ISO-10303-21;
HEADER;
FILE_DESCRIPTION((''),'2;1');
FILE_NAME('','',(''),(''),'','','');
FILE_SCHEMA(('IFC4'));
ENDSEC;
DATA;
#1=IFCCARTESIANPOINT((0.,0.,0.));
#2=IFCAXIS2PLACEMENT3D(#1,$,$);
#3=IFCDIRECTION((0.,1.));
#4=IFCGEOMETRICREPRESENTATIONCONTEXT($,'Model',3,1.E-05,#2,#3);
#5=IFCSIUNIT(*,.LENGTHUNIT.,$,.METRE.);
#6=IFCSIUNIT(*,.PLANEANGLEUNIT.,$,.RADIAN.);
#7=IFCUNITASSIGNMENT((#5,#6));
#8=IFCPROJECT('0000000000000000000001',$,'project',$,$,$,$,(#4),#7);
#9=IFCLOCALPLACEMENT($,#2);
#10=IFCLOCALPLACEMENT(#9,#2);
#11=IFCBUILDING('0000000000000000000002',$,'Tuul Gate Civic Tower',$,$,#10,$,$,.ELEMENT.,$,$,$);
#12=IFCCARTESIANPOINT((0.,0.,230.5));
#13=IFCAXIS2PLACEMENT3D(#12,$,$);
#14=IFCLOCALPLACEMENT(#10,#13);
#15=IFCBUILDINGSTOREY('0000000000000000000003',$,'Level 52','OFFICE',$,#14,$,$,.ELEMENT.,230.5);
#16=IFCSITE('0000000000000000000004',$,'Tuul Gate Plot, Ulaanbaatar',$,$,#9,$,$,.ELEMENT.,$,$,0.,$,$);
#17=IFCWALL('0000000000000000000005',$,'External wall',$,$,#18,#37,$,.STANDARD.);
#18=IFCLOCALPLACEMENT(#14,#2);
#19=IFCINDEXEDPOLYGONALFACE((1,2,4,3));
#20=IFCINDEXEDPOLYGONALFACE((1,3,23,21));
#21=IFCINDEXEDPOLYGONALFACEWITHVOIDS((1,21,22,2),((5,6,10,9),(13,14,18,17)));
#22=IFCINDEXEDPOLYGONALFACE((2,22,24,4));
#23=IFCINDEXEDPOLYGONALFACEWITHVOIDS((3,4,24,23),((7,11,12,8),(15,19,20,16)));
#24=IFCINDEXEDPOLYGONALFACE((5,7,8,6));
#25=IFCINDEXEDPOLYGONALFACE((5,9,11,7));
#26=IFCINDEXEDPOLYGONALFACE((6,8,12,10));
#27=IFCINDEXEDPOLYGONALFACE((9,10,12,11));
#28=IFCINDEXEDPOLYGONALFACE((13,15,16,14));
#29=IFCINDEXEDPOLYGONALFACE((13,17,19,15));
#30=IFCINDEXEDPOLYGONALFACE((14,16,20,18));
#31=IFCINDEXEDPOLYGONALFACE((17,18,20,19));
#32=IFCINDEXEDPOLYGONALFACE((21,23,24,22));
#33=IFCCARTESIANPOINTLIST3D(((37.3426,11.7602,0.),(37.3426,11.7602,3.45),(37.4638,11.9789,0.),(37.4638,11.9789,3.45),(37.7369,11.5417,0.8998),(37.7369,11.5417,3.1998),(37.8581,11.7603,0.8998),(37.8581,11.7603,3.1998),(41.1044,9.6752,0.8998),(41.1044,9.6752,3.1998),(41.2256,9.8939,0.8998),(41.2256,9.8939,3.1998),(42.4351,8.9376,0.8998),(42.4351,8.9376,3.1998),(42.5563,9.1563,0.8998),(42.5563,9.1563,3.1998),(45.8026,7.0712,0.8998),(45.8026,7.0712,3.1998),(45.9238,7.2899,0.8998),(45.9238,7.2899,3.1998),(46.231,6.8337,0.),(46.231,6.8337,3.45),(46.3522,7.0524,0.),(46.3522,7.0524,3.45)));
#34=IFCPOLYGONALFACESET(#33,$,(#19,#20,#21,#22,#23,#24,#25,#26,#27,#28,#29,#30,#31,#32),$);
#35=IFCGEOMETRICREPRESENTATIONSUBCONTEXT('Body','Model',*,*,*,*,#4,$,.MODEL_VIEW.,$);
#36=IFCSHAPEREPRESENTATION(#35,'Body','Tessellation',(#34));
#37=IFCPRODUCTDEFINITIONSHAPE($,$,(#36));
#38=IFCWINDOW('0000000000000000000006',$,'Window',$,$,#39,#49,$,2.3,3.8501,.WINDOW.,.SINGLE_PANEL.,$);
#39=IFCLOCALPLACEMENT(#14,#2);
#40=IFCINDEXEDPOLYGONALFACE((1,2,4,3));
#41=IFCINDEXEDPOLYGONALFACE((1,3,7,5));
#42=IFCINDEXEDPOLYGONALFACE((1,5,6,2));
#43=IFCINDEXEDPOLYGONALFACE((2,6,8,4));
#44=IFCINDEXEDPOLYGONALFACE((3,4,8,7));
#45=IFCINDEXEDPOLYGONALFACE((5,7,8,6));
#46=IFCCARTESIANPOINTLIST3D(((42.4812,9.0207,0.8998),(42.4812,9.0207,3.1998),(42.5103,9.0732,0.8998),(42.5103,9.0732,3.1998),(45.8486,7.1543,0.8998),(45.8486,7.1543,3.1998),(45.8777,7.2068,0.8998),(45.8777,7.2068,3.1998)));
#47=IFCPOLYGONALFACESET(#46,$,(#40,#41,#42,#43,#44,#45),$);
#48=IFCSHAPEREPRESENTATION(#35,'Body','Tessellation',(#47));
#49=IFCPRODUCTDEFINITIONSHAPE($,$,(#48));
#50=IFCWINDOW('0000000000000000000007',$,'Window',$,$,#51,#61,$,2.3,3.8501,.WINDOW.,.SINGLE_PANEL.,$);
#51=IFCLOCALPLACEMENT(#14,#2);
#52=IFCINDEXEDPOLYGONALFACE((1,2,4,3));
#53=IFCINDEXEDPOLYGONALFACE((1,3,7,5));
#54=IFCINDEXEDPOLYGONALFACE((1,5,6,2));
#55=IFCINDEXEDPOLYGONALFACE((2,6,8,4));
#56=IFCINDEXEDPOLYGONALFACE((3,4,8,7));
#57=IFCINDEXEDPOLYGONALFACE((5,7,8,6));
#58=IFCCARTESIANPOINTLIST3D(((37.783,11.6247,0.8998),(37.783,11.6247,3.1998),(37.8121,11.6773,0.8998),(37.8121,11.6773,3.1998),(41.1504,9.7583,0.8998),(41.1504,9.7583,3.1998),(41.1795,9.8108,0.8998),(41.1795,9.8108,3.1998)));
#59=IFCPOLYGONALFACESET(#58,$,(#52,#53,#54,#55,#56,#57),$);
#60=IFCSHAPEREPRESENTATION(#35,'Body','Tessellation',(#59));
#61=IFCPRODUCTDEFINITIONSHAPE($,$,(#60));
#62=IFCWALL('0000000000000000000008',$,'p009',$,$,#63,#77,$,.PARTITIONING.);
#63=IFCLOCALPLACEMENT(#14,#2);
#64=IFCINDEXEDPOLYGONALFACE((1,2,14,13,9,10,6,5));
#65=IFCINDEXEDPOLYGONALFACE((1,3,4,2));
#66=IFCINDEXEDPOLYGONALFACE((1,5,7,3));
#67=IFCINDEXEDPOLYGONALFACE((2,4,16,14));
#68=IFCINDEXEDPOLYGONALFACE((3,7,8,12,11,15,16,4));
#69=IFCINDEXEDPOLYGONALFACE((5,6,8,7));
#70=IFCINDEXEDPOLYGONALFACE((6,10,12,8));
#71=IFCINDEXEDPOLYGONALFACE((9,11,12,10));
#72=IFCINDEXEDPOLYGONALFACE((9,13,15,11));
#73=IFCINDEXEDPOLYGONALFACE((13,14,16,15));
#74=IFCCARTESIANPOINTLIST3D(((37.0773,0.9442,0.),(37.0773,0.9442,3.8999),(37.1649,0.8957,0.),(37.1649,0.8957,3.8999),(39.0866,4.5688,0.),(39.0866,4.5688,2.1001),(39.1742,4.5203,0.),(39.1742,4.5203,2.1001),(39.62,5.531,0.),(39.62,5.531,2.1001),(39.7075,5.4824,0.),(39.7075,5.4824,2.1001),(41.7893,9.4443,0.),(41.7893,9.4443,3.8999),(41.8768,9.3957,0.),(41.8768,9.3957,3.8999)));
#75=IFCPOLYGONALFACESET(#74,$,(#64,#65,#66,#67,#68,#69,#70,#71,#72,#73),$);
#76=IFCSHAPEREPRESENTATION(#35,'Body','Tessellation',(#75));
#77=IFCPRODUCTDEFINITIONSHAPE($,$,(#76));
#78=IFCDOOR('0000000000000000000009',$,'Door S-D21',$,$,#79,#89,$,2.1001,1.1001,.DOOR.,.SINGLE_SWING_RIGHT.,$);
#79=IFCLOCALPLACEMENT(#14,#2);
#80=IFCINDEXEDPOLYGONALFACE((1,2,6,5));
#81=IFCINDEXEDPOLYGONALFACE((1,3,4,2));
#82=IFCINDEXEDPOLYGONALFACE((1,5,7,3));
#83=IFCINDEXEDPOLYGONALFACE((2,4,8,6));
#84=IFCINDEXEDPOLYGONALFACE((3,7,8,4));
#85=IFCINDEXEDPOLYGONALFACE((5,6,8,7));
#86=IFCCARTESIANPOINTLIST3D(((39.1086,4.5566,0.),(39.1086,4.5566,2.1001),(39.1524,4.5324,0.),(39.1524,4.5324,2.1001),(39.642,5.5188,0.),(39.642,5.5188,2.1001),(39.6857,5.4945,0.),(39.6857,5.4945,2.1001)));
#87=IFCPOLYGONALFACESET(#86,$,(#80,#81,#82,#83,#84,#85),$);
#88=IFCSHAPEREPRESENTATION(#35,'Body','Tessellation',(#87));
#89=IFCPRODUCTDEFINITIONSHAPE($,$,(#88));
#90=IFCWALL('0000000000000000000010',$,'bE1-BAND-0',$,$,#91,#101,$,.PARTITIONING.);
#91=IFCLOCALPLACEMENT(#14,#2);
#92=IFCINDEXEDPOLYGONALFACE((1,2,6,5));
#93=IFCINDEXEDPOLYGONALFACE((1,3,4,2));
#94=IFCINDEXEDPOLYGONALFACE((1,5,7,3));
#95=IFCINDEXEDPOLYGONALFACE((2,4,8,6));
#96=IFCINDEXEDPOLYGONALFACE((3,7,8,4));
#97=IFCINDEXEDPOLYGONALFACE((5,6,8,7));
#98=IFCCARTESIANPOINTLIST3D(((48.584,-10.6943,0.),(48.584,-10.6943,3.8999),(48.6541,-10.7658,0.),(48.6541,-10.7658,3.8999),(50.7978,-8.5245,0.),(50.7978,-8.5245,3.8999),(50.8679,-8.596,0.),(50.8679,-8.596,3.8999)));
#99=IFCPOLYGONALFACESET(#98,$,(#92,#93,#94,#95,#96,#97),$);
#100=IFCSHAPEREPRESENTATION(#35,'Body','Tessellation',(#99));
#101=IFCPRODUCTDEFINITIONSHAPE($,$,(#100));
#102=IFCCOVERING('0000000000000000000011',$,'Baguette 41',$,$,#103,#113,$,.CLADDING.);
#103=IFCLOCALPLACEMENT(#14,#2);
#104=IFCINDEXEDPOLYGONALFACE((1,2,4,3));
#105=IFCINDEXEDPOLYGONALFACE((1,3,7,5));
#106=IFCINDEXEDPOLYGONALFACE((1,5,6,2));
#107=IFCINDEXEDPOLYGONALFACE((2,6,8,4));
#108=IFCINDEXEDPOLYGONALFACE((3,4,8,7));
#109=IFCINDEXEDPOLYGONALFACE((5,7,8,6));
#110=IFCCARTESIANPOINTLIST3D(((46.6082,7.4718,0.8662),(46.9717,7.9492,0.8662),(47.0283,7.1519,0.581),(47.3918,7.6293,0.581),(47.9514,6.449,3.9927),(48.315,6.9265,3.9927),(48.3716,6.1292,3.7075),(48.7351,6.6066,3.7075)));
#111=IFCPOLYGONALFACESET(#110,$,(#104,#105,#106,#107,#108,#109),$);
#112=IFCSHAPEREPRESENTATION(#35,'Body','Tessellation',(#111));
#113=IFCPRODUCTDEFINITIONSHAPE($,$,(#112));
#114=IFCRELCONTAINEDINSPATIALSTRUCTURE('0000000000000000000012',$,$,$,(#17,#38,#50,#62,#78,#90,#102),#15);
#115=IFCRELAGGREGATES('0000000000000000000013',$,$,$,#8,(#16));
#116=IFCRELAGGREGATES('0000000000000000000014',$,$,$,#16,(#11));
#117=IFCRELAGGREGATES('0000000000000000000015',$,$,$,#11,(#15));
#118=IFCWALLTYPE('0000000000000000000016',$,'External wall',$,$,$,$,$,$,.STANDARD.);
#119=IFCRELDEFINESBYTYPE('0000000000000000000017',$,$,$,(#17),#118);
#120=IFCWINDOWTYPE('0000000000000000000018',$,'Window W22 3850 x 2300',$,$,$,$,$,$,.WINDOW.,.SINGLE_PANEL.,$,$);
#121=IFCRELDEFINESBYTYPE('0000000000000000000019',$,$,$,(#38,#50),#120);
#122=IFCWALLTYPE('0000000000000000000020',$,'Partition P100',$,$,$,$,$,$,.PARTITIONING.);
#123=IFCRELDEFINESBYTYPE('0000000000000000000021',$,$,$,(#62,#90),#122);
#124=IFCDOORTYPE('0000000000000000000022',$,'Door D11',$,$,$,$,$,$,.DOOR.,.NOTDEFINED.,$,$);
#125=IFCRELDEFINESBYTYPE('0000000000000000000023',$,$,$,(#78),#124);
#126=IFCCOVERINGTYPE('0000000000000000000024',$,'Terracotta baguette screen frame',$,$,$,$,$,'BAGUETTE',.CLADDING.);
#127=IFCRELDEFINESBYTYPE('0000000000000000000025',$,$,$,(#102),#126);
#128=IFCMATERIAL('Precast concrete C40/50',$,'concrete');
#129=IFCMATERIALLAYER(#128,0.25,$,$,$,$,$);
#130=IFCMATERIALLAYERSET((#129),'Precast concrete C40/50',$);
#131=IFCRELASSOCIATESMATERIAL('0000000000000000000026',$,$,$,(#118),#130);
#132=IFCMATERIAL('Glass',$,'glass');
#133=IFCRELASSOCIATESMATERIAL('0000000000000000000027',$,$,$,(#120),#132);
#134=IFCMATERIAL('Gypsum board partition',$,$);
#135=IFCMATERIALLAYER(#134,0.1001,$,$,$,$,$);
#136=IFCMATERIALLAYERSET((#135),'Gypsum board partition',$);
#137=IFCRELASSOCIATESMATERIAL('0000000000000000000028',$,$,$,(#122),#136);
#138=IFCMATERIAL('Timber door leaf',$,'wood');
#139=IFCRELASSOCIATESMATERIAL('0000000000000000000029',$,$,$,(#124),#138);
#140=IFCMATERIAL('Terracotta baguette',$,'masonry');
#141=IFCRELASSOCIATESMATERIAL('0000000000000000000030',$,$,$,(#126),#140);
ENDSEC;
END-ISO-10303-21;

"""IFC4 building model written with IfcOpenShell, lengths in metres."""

from ifc_helpers import new_model, si_unit, direction, frame, frame_2d, origin, origin_2d, place, context, subcontext, project, spatial, rectangle, extrude, material, layer, layer_set, material_profile, profile_set, type_object, element, fill, save


model = new_model("IFC4")

# Units and contexts
model_context = context("Model", 3, precision=1e-05, world=origin(), true_north=direction((0.0, 1.0)))
body_context = subcontext(model_context, "Body", "Model", "MODEL_VIEW")
ifc_project = project(units=[si_unit("LENGTHUNIT", "METRE"), si_unit("PLANEANGLEUNIT", "RADIAN")], contexts=[model_context])

# Site, building, storey
site_placement = place(None, origin())
site = spatial("IfcSite", under=ifc_project, at=site_placement, Name="Tuul Gate Plot, Ulaanbaatar", CompositionType="ELEMENT", RefElevation=0.0)
building_placement = place(site_placement, origin())
building = spatial("IfcBuilding", under=site, at=building_placement, Name="Tuul Gate Civic Tower", CompositionType="ELEMENT")
storey_placement = place(building_placement, frame((0.0, 0.0, 230.5)))
storey = spatial("IfcBuildingStorey", under=building, at=storey_placement, Name="Level 52", Description="OFFICE", CompositionType="ELEMENT", Elevation=230.5)

# Wall, openings, windows
ifc_material_1 = material(Name="Precast concrete C40/50", Category="concrete")
ifc_layer_1 = layer(ifc_material_1, 0.25)
ifc_layer_set_1 = layer_set([ifc_layer_1], Name="Precast concrete C40/50")
wall_type_1 = type_object("IfcWallType", Name="External wall", PredefinedType="STANDARD", material=ifc_layer_set_1)
wall_1_placement = place(storey_placement, frame((46.2915, 6.9431, 0.0), z_axis=(0.0, 0.0, 1.0), x_axis=(-0.874637, 0.484778, 0.0)))
wall_1 = element("IfcWall", 1, at=wall_1_placement, inside=storey, type_object=wall_type_1, Name="External wall", PredefinedType="STANDARD", context=body_context, shape_type="SweptSolid", body=[
    extrude(rectangle(XDim=10.1624, YDim=0.25, at=frame_2d((5.0811, 0.0))), origin(), (0.0, 0.0, 1.0), 3.45),
])
opening_1_placement = place(wall_1_placement, frame((0.4897, 0.0, 0.8999)))
opening_1 = element("IfcOpeningElement", 2, at=opening_1_placement, cuts=wall_1, PredefinedType="OPENING", context=body_context, shape_type="SweptSolid", body=[
    extrude(rectangle(XDim=3.8501, YDim=2.3, at=frame_2d((1.925, 1.1499))), frame((0.0, 0.135, 0.0), z_axis=(0.0, -1.0, 0.0), x_axis=(1.0, 0.0, 0.0)), (0.0, 0.0, 1.0), 0.27),
])
opening_2_placement = place(wall_1_placement, frame((5.8613, 0.0, 0.8999)))
opening_2 = element("IfcOpeningElement", 3, at=opening_2_placement, cuts=wall_1, PredefinedType="OPENING", context=body_context, shape_type="SweptSolid", body=[
    extrude(rectangle(XDim=3.8501, YDim=2.3, at=frame_2d((1.925, 1.1499))), frame((0.0, 0.135, 0.0), z_axis=(0.0, -1.0, 0.0), x_axis=(1.0, 0.0, 0.0)), (0.0, 0.0, 1.0), 0.27),
])
ifc_material_2 = material(Name="Glass", Category="glass")
window_type = type_object("IfcWindowType", Name="Window W22 3850 x 2300", PartitioningType="SINGLE_PANEL", PredefinedType="WINDOW", material=ifc_material_2)
window_1_placement = place(opening_1_placement, origin())
window_1 = element("IfcWindow", 4, at=window_1_placement, inside=storey, type_object=window_type, Name="Window", OverallHeight=2.3, OverallWidth=3.8501, PartitioningType="SINGLE_PANEL", PredefinedType="WINDOW", context=body_context, shape_type="SweptSolid", body=[
    extrude(rectangle(XDim=3.8501, YDim=2.3, at=frame_2d((1.925, 1.1499))), frame((0.0, 0.03, 0.0), z_axis=(0.0, -1.0, 0.0), x_axis=(1.0, 0.0, 0.0)), (0.0, 0.0, 1.0), 0.0601),
])
fill(opening_1, window_1)
window_2_placement = place(opening_2_placement, origin())
window_2 = element("IfcWindow", 5, at=window_2_placement, inside=storey, type_object=window_type, Name="Window", OverallHeight=2.3, OverallWidth=3.8501, PartitioningType="SINGLE_PANEL", PredefinedType="WINDOW", context=body_context, shape_type="SweptSolid", body=[
    extrude(rectangle(XDim=3.8501, YDim=2.3, at=frame_2d((1.925, 1.1499))), frame((0.0, 0.03, 0.0), z_axis=(0.0, -1.0, 0.0), x_axis=(1.0, 0.0, 0.0)), (0.0, 0.0, 1.0), 0.0601),
])
fill(opening_2, window_2)

# Wall, opening, door
ifc_material_3 = material(Name="Gypsum board partition")
ifc_layer_2 = layer(ifc_material_3, 0.1001)
ifc_layer_set_2 = layer_set([ifc_layer_2], Name="Gypsum board partition")
wall_type_2 = type_object("IfcWallType", Name="Partition P100", PredefinedType="PARTITIONING", material=ifc_layer_set_2)
wall_2_placement = place(storey_placement, frame((37.1211, 0.9199, 0.0), z_axis=(0.0, 0.0, 1.0), x_axis=(0.484832, 0.874607, 0.0)))
wall_2 = element("IfcWall", 6, at=wall_2_placement, inside=storey, type_object=wall_type_2, Name="p009", PredefinedType="PARTITIONING", context=body_context, shape_type="SweptSolid", body=[
    extrude(rectangle(XDim=9.7188, YDim=0.1001, at=frame_2d((4.8594, 0.0))), origin(), (0.0, 0.0, 1.0), 3.8999),
])
opening_3_placement = place(wall_2_placement, frame((4.1443, 0.0, 0.0)))
opening_3 = element("IfcOpeningElement", 7, at=opening_3_placement, cuts=wall_2, PredefinedType="OPENING", context=body_context, shape_type="SweptSolid", body=[
    extrude(rectangle(XDim=1.1001, YDim=2.1001, at=frame_2d((0.55, 1.05))), frame((0.0, 0.0601, 0.0), z_axis=(0.0, -1.0, 0.0), x_axis=(1.0, 0.0, 0.0)), (0.0, 0.0, 1.0), 0.1201),
])
ifc_material_4 = material(Name="Timber door leaf", Category="wood")
door_type_1 = type_object("IfcDoorType", Name="Door D11", OperationType="NOTDEFINED", PredefinedType="DOOR", material=ifc_material_4)
door_1_placement = place(opening_3_placement, origin())
door_1 = element("IfcDoor", 8, at=door_1_placement, inside=storey, type_object=door_type_1, Name="Door S-D21", OperationType="SINGLE_SWING_RIGHT", OverallHeight=2.1001, OverallWidth=1.1001, PredefinedType="DOOR", context=body_context, shape_type="SweptSolid", body=[
    extrude(rectangle(XDim=1.1001, YDim=2.1001, at=frame_2d((0.55, 1.05))), frame((0.0, 0.0249, 0.0), z_axis=(0.0, -1.0, 0.0), x_axis=(1.0, 0.0, 0.0)), (0.0, 0.0, 1.0), 0.05),
])
fill(opening_3, door_1)

# Wall
wall_3_placement = place(storey_placement, frame((48.6191, -10.73, 0.0), z_axis=(0.0, 0.0, 1.0), x_axis=(0.714159, 0.699983, 0.0)))
element("IfcWall", 9, at=wall_3_placement, inside=storey, type_object=wall_type_2, Name="bE1-BAND-0", PredefinedType="PARTITIONING", context=body_context, shape_type="SweptSolid", body=[
    extrude(rectangle(XDim=3.0999, YDim=0.1001, at=frame_2d((1.5498, 0.0))), origin(), (0.0, 0.0, 1.0), 3.8999),
])

# Covering
ifc_material_5 = material(Name="Terracotta baguette", Category="masonry")
ifc_material_profile_1 = material_profile(ifc_material_5, rectangle(XDim=0.6001, YDim=0.6001, at=origin_2d()), Name="Terracotta baguette screen frame")
ifc_profile_set_1 = profile_set([ifc_material_profile_1], Name="Terracotta baguette")
covering_type = type_object("IfcCoveringType", Name="Terracotta baguette screen frame", ElementType="BAGUETTE", PredefinedType="CLADDING", material=ifc_profile_set_1)
covering_placement = place(storey_placement, frame((48.3433, 6.5278, 3.8501), z_axis=(-0.378045, 0.287828, -0.879907), x_axis=(-0.605769, -0.795641, 0.0)))
element("IfcCovering", 10, at=covering_placement, inside=storey, type_object=covering_type, Name="Baguette 41", PredefinedType="CLADDING", context=body_context, shape_type="SweptSolid", body=[
    extrude(rectangle(XDim=0.6001, YDim=0.6001, at=origin_2d()), origin(), (0.0, 0.0, 1.0), 3.5532),
])

save(model, "model.ifc")
